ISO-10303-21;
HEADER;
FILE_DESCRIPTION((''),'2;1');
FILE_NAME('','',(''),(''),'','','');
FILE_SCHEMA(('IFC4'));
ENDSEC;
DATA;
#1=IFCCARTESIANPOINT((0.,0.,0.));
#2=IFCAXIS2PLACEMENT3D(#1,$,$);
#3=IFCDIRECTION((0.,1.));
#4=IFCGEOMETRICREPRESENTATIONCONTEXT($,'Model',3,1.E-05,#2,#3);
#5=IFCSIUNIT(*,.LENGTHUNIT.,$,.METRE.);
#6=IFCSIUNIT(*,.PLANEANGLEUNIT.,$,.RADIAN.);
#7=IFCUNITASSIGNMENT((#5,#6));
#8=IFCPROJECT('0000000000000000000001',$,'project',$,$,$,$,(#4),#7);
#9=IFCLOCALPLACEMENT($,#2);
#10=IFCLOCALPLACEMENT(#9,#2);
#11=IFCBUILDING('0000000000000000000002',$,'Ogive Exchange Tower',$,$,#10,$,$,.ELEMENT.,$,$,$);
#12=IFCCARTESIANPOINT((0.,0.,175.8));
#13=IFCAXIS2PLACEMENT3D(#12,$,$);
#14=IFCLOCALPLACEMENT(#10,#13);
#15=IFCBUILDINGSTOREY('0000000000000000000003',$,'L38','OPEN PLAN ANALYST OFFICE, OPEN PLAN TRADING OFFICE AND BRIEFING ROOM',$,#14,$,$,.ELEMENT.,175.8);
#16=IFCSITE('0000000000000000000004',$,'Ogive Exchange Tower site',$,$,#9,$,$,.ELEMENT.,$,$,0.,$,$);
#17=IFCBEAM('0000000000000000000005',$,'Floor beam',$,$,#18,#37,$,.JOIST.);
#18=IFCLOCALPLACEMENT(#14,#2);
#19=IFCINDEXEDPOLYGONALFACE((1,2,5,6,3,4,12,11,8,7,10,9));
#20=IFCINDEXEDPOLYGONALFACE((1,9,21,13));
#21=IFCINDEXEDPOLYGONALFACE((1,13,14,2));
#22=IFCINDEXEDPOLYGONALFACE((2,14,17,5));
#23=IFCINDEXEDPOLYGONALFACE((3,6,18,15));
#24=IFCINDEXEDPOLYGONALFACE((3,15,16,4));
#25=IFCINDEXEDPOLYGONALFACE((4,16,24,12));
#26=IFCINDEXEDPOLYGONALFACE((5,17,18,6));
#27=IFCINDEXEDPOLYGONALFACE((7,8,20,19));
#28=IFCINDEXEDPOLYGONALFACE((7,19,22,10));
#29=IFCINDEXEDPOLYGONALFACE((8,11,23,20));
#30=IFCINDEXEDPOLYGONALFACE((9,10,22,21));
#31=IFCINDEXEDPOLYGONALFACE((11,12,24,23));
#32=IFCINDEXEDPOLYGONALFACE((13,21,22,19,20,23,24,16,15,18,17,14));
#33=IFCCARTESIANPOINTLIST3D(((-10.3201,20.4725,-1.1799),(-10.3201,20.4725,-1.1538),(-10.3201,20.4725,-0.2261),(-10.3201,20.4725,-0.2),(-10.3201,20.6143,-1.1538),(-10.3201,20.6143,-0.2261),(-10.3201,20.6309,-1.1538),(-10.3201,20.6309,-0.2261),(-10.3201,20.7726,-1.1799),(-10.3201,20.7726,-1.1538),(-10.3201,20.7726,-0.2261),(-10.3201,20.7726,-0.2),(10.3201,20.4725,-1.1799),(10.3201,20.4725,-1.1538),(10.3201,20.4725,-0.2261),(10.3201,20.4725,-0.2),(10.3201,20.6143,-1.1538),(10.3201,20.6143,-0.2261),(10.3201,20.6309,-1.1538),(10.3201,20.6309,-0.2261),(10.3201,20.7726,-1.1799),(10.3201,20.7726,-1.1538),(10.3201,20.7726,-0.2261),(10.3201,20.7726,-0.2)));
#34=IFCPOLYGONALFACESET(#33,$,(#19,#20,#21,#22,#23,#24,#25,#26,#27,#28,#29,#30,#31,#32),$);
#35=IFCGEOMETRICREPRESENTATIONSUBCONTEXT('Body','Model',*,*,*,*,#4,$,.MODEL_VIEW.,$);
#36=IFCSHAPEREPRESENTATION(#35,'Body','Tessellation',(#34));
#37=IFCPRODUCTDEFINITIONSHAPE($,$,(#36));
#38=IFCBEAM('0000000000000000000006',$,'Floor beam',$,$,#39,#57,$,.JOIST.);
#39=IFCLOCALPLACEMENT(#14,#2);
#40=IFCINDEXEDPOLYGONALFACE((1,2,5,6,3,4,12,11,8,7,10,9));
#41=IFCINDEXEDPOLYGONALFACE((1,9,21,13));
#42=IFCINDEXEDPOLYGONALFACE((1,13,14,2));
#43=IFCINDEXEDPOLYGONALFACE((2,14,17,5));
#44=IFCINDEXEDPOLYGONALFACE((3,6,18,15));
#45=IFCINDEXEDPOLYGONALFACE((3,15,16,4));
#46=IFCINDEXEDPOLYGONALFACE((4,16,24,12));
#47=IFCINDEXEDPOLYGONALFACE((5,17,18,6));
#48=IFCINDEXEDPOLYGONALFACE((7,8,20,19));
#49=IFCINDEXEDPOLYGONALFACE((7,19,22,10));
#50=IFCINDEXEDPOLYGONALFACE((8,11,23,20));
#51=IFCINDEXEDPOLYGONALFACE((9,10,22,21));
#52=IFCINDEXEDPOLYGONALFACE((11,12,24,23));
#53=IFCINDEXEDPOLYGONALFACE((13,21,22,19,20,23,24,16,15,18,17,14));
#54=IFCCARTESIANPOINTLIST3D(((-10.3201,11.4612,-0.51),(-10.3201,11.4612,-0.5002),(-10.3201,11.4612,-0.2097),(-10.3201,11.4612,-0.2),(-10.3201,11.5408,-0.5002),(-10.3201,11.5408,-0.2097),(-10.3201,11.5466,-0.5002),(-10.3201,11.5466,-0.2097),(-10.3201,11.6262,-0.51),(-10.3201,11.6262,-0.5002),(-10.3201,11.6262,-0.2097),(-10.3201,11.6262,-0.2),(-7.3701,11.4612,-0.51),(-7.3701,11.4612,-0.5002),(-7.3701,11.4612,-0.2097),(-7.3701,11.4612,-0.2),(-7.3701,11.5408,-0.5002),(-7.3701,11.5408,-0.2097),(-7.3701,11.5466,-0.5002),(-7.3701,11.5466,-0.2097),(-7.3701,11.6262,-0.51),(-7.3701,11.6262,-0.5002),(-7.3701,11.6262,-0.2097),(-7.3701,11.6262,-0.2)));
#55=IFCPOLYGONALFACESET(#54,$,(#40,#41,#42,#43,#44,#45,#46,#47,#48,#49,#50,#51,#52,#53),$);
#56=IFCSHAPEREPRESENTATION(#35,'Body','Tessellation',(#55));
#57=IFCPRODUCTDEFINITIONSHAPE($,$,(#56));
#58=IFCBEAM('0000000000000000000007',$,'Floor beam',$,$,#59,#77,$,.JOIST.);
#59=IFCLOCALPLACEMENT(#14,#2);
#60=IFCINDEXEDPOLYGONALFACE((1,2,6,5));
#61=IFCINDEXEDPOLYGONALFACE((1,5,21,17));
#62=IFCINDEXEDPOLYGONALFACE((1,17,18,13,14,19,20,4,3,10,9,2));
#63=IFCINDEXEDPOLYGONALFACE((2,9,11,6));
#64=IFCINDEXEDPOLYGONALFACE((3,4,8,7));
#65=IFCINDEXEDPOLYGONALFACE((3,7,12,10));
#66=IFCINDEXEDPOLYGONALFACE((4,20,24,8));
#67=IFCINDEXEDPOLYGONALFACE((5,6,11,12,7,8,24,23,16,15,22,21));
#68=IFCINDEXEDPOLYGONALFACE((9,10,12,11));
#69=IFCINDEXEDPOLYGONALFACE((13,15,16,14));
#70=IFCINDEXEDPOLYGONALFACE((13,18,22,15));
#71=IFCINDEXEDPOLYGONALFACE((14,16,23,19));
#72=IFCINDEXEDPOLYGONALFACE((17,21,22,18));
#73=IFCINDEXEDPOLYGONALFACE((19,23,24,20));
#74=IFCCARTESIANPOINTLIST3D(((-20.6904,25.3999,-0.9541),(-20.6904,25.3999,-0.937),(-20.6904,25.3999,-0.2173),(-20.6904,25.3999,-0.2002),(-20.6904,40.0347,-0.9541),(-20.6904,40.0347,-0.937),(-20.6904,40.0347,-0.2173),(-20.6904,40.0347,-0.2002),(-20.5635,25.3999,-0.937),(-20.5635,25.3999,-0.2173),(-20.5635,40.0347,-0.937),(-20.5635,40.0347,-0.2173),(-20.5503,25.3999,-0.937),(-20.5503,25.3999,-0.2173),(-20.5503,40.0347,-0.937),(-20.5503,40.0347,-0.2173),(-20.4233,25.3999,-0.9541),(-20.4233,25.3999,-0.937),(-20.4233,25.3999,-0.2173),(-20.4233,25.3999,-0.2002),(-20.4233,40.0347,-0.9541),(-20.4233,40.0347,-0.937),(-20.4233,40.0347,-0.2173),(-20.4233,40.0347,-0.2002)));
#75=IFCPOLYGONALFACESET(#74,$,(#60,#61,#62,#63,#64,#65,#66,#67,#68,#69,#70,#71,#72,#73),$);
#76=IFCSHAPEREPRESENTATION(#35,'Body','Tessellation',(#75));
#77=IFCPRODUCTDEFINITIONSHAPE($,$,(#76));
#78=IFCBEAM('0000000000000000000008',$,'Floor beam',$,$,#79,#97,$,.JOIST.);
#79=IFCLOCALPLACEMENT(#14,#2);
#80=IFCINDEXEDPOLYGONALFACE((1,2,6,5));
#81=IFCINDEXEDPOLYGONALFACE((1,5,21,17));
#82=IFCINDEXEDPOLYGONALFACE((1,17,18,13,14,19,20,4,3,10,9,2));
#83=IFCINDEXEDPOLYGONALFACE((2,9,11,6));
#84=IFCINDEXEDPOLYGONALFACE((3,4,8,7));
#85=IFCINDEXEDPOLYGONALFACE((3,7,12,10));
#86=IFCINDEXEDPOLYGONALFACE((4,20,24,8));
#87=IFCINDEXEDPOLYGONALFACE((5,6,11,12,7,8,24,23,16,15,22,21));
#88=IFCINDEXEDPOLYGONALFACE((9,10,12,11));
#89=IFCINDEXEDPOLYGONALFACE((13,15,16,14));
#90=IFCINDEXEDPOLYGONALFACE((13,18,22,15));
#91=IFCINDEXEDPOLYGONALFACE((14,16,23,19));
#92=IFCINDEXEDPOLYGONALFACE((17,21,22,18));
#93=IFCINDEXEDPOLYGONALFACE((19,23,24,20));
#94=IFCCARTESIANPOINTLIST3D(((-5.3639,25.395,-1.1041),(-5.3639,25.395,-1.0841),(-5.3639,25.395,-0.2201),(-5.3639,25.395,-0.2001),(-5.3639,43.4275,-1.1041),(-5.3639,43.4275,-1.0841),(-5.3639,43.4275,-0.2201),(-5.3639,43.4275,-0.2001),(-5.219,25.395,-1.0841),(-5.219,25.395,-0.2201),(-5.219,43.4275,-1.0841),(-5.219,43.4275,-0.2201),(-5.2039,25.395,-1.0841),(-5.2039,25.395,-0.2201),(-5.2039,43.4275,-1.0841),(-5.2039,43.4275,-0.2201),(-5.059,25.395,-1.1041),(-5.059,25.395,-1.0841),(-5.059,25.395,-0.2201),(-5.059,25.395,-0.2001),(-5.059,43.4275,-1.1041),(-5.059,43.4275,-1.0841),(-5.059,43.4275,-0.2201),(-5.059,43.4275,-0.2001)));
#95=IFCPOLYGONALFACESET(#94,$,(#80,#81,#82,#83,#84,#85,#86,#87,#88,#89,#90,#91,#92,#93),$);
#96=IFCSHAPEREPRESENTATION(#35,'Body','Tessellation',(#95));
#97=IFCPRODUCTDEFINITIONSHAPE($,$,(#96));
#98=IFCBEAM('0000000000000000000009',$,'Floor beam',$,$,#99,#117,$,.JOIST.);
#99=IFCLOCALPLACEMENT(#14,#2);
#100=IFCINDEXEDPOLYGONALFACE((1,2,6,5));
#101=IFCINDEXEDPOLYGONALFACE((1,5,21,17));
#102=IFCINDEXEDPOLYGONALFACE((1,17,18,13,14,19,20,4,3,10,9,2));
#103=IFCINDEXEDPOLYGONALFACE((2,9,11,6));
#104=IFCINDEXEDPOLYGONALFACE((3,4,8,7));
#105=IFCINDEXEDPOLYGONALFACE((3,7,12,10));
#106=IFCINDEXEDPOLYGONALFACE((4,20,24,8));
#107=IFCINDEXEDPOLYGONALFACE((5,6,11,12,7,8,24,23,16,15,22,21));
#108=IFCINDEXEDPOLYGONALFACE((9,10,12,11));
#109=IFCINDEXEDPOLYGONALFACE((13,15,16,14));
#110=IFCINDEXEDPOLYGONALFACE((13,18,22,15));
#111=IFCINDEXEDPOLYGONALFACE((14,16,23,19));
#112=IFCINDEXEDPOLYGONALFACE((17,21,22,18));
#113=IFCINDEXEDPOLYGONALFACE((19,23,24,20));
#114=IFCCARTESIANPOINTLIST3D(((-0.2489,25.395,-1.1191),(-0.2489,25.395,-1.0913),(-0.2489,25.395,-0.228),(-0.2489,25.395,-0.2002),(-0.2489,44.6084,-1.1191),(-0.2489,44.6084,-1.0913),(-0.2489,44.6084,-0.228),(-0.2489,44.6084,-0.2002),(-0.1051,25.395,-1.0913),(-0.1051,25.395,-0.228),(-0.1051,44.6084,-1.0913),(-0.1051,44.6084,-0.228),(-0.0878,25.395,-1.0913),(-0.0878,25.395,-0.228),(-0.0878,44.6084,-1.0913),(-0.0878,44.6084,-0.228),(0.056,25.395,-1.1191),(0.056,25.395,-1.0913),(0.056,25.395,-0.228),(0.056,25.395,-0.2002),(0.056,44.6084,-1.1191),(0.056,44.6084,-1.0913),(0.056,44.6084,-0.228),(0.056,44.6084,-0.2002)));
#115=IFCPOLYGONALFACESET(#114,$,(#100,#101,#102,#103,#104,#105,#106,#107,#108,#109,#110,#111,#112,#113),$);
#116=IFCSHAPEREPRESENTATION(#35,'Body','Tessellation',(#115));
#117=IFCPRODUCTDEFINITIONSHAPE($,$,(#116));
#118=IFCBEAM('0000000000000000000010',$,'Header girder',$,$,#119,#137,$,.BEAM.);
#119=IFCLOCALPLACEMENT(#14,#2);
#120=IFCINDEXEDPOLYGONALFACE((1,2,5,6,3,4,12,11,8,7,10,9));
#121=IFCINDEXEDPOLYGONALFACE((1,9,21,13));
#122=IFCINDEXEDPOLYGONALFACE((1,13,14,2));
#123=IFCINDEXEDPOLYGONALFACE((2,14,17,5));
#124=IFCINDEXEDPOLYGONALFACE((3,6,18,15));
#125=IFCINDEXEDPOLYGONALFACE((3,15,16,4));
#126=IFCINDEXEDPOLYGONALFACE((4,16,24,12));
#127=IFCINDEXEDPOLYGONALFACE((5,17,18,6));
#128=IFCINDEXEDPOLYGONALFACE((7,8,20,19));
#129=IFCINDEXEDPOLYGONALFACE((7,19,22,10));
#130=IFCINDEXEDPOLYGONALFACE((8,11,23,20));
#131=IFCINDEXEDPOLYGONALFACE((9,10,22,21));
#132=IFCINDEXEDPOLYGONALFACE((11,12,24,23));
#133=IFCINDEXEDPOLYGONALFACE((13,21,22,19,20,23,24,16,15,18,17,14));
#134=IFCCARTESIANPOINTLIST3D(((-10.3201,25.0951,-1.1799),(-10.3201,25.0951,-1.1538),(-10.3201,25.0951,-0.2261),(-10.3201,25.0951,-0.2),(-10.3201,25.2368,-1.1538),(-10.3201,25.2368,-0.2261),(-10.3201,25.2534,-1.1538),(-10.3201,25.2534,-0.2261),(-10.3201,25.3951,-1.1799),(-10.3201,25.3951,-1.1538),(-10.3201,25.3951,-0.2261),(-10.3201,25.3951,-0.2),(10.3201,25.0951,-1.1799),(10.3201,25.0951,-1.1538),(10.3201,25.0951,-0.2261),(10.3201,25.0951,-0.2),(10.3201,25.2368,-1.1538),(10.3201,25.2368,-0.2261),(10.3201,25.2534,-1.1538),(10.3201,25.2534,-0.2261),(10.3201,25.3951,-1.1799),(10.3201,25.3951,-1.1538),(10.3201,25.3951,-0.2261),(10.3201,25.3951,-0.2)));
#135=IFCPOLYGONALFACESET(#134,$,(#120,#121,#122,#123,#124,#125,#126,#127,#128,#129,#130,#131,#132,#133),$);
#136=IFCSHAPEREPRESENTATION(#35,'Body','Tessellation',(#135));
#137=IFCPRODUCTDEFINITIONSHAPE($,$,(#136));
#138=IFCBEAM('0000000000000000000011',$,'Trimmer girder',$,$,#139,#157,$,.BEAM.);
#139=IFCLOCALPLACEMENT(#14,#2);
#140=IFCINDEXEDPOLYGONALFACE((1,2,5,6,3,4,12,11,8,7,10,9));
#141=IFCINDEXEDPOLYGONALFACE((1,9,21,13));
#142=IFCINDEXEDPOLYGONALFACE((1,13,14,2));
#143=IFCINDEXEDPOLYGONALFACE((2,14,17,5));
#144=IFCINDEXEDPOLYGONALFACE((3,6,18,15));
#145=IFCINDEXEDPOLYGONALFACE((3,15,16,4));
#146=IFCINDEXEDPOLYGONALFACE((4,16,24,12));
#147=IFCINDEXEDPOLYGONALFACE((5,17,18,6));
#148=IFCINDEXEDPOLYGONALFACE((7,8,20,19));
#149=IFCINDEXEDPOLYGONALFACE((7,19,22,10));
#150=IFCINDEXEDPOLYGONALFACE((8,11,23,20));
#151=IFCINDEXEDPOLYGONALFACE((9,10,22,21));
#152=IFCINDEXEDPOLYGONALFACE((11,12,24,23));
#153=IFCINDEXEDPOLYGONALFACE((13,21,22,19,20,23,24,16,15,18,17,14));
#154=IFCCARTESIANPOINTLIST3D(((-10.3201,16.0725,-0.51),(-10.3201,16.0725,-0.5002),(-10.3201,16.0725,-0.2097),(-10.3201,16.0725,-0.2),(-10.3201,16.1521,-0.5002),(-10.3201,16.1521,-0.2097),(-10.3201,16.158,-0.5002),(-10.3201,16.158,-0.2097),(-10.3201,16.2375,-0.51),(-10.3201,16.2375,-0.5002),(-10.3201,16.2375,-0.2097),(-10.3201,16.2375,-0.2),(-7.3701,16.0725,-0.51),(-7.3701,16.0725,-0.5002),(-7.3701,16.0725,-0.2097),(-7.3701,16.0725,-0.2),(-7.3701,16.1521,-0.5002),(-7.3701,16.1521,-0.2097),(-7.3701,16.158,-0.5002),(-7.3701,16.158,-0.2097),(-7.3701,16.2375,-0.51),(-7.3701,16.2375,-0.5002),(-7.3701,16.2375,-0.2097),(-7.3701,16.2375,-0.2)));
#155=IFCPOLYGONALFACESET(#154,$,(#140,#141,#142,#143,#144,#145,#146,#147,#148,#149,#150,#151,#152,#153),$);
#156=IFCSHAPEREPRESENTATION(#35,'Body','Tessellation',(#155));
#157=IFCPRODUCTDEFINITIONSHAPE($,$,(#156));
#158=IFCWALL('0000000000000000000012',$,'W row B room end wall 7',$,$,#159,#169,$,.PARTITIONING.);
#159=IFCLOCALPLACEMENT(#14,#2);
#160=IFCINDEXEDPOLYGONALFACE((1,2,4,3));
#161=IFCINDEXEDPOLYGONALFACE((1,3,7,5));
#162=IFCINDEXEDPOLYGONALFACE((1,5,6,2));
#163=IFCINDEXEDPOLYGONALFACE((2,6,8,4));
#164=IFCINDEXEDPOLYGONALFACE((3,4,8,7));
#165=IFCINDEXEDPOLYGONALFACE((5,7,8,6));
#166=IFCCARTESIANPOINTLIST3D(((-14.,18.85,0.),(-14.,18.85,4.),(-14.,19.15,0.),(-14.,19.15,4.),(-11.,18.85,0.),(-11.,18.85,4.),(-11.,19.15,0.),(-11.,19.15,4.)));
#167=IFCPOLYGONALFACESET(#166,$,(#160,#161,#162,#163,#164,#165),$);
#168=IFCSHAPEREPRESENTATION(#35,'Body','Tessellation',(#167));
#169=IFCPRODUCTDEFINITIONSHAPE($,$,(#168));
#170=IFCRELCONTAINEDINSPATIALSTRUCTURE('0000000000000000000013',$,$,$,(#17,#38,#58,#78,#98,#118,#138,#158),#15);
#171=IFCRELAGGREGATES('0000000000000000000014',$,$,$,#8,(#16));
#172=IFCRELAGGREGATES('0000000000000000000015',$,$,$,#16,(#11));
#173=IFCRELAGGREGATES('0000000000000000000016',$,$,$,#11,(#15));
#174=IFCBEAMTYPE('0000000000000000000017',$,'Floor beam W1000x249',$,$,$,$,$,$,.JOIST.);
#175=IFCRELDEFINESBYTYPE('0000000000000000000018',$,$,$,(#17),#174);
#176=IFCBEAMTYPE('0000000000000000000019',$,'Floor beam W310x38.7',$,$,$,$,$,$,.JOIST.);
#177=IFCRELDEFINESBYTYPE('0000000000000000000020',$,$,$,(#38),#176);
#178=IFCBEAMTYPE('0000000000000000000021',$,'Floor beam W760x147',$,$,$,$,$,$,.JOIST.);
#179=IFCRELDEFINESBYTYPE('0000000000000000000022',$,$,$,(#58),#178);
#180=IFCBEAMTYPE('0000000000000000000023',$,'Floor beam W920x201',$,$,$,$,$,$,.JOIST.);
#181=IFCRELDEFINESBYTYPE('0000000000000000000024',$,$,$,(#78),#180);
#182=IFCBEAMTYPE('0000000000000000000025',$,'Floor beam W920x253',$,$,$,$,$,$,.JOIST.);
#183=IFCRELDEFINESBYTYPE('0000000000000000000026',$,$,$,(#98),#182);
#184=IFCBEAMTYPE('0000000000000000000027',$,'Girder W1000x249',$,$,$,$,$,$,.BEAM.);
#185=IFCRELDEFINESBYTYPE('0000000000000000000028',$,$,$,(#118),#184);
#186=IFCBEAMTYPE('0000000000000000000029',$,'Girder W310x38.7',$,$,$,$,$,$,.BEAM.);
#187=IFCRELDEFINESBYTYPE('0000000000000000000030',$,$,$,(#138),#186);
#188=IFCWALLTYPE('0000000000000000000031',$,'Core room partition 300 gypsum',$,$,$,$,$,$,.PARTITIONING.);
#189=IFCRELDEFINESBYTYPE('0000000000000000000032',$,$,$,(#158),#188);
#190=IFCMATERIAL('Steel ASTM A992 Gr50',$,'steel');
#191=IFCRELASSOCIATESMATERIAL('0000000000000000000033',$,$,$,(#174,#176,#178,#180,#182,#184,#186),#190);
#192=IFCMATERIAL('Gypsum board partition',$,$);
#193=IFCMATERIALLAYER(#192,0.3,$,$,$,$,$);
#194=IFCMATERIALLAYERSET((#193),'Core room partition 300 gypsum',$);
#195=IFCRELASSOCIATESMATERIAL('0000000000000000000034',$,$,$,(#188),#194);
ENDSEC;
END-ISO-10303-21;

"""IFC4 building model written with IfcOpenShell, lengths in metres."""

from ifc_helpers import new_model, si_unit, direction, frame, frame_2d, origin, origin_2d, place, context, subcontext, project, spatial, rectangle, i_section, extrude, material, layer, layer_set, material_profile, profile_set, type_object, element, save


model = new_model("IFC4")

# Units and contexts
model_context = context("Model", 3, precision=1e-05, world=origin(), true_north=direction((0.0, 1.0)))
body_context = subcontext(model_context, "Body", "Model", "MODEL_VIEW")
ifc_project = project(units=[si_unit("LENGTHUNIT", "METRE"), si_unit("PLANEANGLEUNIT", "RADIAN")], contexts=[model_context])

# Site, building, storey
site_placement = place(None, origin())
site = spatial("IfcSite", under=ifc_project, at=site_placement, Name="Ogive Exchange Tower site", CompositionType="ELEMENT", RefElevation=0.0)
building_placement = place(site_placement, origin())
building = spatial("IfcBuilding", under=site, at=building_placement, Name="Ogive Exchange Tower", CompositionType="ELEMENT")
storey_placement = place(building_placement, frame((0.0, 0.0, 175.8)))
storey = spatial("IfcBuildingStorey", under=building, at=storey_placement, Name="L38", Description="OPEN PLAN ANALYST OFFICE, OPEN PLAN TRADING OFFICE AND BRIEFING ROOM", CompositionType="ELEMENT", Elevation=175.8)

# Beams
ifc_material_1 = material(Name="Steel ASTM A992 Gr50", Category="steel")
ifc_material_profile_1 = material_profile(ifc_material_1, i_section(OverallWidth=0.3, OverallDepth=0.98, WebThickness=0.0166, FlangeThickness=0.0261, at=origin_2d()), Name="W1000x249")
ifc_profile_set_1 = profile_set([ifc_material_profile_1], Name="Steel ASTM A992 Gr50")
beam_type_1 = type_object("IfcBeamType", Name="Floor beam W1000x249", PredefinedType="JOIST", material=ifc_profile_set_1)
beam_1_placement = place(storey_placement, frame((-10.3201, 20.6226, -0.6899), z_axis=(1.0, 0.0, 0.0), x_axis=(0.0, 1.0, 0.0)))
element("IfcBeam", 1, at=beam_1_placement, inside=storey, type_object=beam_type_1, Name="Floor beam", PredefinedType="JOIST", context=body_context, shape_type="SweptSolid", body=[
    extrude(i_section(OverallWidth=0.3, OverallDepth=0.98, WebThickness=0.0166, FlangeThickness=0.0261, at=origin_2d()), origin(), (0.0, 0.0, 1.0), 20.6401),
])
ifc_material_profile_2 = material_profile(ifc_material_1, i_section(OverallWidth=0.165, OverallDepth=0.3101, WebThickness=0.0059, FlangeThickness=0.0098, at=origin_2d()), Name="W310x38.7")
ifc_profile_set_2 = profile_set([ifc_material_profile_2], Name="Steel ASTM A992 Gr50")
beam_type_2 = type_object("IfcBeamType", Name="Floor beam W310x38.7", PredefinedType="JOIST", material=ifc_profile_set_2)
beam_2_placement = place(storey_placement, frame((-10.3201, 11.5437, -0.355), z_axis=(1.0, 0.0, 0.0), x_axis=(0.0, 1.0, 0.0)))
element("IfcBeam", 2, at=beam_2_placement, inside=storey, type_object=beam_type_2, Name="Floor beam", PredefinedType="JOIST", context=body_context, shape_type="SweptSolid", body=[
    extrude(i_section(OverallWidth=0.165, OverallDepth=0.3101, WebThickness=0.0059, FlangeThickness=0.0098, at=origin_2d()), origin(), (0.0, 0.0, 1.0), 2.95),
])
ifc_material_profile_3 = material_profile(ifc_material_1, i_section(OverallWidth=0.2671, OverallDepth=0.7539, WebThickness=0.0132, FlangeThickness=0.0171, at=origin_2d()), Name="W760x147")
ifc_profile_set_3 = profile_set([ifc_material_profile_3], Name="Steel ASTM A992 Gr50")
beam_type_3 = type_object("IfcBeamType", Name="Floor beam W760x147", PredefinedType="JOIST", material=ifc_profile_set_3)
beam_3_placement = place(storey_placement, frame((-20.5569, 25.3999, -0.5771), z_axis=(0.0, 1.0, 0.0), x_axis=(-1.0, 0.0, 0.0)))
element("IfcBeam", 3, at=beam_3_placement, inside=storey, type_object=beam_type_3, Name="Floor beam", PredefinedType="JOIST", context=body_context, shape_type="SweptSolid", body=[
    extrude(i_section(OverallWidth=0.2671, OverallDepth=0.7539, WebThickness=0.0132, FlangeThickness=0.0171, at=origin_2d()), origin(), (0.0, 0.0, 1.0), 14.6348),
])
ifc_material_profile_4 = material_profile(ifc_material_1, i_section(OverallWidth=0.3049, OverallDepth=0.9041, WebThickness=0.0151, FlangeThickness=0.02, at=origin_2d()), Name="W920x201")
ifc_profile_set_4 = profile_set([ifc_material_profile_4], Name="Steel ASTM A992 Gr50")
beam_type_4 = type_object("IfcBeamType", Name="Floor beam W920x201", PredefinedType="JOIST", material=ifc_profile_set_4)
beam_4_placement = place(storey_placement, frame((-5.2114, 25.395, -0.6521), z_axis=(0.0, 1.0, 0.0), x_axis=(-1.0, 0.0, 0.0)))
element("IfcBeam", 4, at=beam_4_placement, inside=storey, type_object=beam_type_4, Name="Floor beam", PredefinedType="JOIST", context=body_context, shape_type="SweptSolid", body=[
    extrude(i_section(OverallWidth=0.3049, OverallDepth=0.9041, WebThickness=0.0151, FlangeThickness=0.02, at=origin_2d()), origin(), (0.0, 0.0, 1.0), 18.0325),
])
ifc_material_profile_5 = material_profile(ifc_material_1, i_section(OverallWidth=0.3049, OverallDepth=0.9189, WebThickness=0.0173, FlangeThickness=0.0278, at=origin_2d()), Name="W920x253")
ifc_profile_set_5 = profile_set([ifc_material_profile_5], Name="Steel ASTM A992 Gr50")
beam_type_5 = type_object("IfcBeamType", Name="Floor beam W920x253", PredefinedType="JOIST", material=ifc_profile_set_5)
beam_5_placement = place(storey_placement, frame((-0.0964, 25.395, -0.6597), z_axis=(0.0, 1.0, 0.0), x_axis=(-1.0, 0.0, 0.0)))
element("IfcBeam", 5, at=beam_5_placement, inside=storey, type_object=beam_type_5, Name="Floor beam", PredefinedType="JOIST", context=body_context, shape_type="SweptSolid", body=[
    extrude(i_section(OverallWidth=0.3049, OverallDepth=0.9189, WebThickness=0.0173, FlangeThickness=0.0278, at=origin_2d()), origin(), (0.0, 0.0, 1.0), 19.2134),
])
ifc_material_profile_6 = material_profile(ifc_material_1, i_section(OverallWidth=0.3, OverallDepth=0.98, WebThickness=0.0166, FlangeThickness=0.0261, at=origin_2d()), Name="W1000x249")
ifc_profile_set_6 = profile_set([ifc_material_profile_6], Name="Steel ASTM A992 Gr50")
beam_type_6 = type_object("IfcBeamType", Name="Girder W1000x249", PredefinedType="BEAM", material=ifc_profile_set_6)
beam_6_placement = place(storey_placement, frame((-10.3201, 25.2451, -0.6899), z_axis=(1.0, 0.0, 0.0), x_axis=(0.0, 1.0, 0.0)))
element("IfcBeam", 6, at=beam_6_placement, inside=storey, type_object=beam_type_6, Name="Header girder", PredefinedType="BEAM", context=body_context, shape_type="SweptSolid", body=[
    extrude(i_section(OverallWidth=0.3, OverallDepth=0.98, WebThickness=0.0166, FlangeThickness=0.0261, at=origin_2d()), origin(), (0.0, 0.0, 1.0), 20.6401),
])
ifc_material_profile_7 = material_profile(ifc_material_1, i_section(OverallWidth=0.165, OverallDepth=0.3101, WebThickness=0.0059, FlangeThickness=0.0098, at=origin_2d()), Name="W310x38.7")
ifc_profile_set_7 = profile_set([ifc_material_profile_7], Name="Steel ASTM A992 Gr50")
beam_type_7 = type_object("IfcBeamType", Name="Girder W310x38.7", PredefinedType="BEAM", material=ifc_profile_set_7)
beam_7_placement = place(storey_placement, frame((-10.3201, 16.155, -0.355), z_axis=(1.0, 0.0, 0.0), x_axis=(0.0, 1.0, 0.0)))
element("IfcBeam", 7, at=beam_7_placement, inside=storey, type_object=beam_type_7, Name="Trimmer girder", PredefinedType="BEAM", context=body_context, shape_type="SweptSolid", body=[
    extrude(i_section(OverallWidth=0.165, OverallDepth=0.3101, WebThickness=0.0059, FlangeThickness=0.0098, at=origin_2d()), origin(), (0.0, 0.0, 1.0), 2.95),
])

# Wall
ifc_material_2 = material(Name="Gypsum board partition")
ifc_layer_1 = layer(ifc_material_2, 0.3)
ifc_layer_set_1 = layer_set([ifc_layer_1], Name="Core room partition 300 gypsum")
wall_type_1 = type_object("IfcWallType", Name="Core room partition 300 gypsum", PredefinedType="PARTITIONING", material=ifc_layer_set_1)
wall_1_placement = place(storey_placement, frame((-14.0, 19.0, 0.0), z_axis=(0.0, 0.0, 1.0), x_axis=(1.0, 0.0, 0.0)))
element("IfcWall", 8, at=wall_1_placement, inside=storey, type_object=wall_type_1, Name="W row B room end wall 7", PredefinedType="PARTITIONING", context=body_context, shape_type="SweptSolid", body=[
    extrude(rectangle(XDim=3.0, YDim=0.3, at=frame_2d((1.5, 0.0))), origin(), (0.0, 0.0, 1.0), 4.0),
])

save(model, "model.ifc")
